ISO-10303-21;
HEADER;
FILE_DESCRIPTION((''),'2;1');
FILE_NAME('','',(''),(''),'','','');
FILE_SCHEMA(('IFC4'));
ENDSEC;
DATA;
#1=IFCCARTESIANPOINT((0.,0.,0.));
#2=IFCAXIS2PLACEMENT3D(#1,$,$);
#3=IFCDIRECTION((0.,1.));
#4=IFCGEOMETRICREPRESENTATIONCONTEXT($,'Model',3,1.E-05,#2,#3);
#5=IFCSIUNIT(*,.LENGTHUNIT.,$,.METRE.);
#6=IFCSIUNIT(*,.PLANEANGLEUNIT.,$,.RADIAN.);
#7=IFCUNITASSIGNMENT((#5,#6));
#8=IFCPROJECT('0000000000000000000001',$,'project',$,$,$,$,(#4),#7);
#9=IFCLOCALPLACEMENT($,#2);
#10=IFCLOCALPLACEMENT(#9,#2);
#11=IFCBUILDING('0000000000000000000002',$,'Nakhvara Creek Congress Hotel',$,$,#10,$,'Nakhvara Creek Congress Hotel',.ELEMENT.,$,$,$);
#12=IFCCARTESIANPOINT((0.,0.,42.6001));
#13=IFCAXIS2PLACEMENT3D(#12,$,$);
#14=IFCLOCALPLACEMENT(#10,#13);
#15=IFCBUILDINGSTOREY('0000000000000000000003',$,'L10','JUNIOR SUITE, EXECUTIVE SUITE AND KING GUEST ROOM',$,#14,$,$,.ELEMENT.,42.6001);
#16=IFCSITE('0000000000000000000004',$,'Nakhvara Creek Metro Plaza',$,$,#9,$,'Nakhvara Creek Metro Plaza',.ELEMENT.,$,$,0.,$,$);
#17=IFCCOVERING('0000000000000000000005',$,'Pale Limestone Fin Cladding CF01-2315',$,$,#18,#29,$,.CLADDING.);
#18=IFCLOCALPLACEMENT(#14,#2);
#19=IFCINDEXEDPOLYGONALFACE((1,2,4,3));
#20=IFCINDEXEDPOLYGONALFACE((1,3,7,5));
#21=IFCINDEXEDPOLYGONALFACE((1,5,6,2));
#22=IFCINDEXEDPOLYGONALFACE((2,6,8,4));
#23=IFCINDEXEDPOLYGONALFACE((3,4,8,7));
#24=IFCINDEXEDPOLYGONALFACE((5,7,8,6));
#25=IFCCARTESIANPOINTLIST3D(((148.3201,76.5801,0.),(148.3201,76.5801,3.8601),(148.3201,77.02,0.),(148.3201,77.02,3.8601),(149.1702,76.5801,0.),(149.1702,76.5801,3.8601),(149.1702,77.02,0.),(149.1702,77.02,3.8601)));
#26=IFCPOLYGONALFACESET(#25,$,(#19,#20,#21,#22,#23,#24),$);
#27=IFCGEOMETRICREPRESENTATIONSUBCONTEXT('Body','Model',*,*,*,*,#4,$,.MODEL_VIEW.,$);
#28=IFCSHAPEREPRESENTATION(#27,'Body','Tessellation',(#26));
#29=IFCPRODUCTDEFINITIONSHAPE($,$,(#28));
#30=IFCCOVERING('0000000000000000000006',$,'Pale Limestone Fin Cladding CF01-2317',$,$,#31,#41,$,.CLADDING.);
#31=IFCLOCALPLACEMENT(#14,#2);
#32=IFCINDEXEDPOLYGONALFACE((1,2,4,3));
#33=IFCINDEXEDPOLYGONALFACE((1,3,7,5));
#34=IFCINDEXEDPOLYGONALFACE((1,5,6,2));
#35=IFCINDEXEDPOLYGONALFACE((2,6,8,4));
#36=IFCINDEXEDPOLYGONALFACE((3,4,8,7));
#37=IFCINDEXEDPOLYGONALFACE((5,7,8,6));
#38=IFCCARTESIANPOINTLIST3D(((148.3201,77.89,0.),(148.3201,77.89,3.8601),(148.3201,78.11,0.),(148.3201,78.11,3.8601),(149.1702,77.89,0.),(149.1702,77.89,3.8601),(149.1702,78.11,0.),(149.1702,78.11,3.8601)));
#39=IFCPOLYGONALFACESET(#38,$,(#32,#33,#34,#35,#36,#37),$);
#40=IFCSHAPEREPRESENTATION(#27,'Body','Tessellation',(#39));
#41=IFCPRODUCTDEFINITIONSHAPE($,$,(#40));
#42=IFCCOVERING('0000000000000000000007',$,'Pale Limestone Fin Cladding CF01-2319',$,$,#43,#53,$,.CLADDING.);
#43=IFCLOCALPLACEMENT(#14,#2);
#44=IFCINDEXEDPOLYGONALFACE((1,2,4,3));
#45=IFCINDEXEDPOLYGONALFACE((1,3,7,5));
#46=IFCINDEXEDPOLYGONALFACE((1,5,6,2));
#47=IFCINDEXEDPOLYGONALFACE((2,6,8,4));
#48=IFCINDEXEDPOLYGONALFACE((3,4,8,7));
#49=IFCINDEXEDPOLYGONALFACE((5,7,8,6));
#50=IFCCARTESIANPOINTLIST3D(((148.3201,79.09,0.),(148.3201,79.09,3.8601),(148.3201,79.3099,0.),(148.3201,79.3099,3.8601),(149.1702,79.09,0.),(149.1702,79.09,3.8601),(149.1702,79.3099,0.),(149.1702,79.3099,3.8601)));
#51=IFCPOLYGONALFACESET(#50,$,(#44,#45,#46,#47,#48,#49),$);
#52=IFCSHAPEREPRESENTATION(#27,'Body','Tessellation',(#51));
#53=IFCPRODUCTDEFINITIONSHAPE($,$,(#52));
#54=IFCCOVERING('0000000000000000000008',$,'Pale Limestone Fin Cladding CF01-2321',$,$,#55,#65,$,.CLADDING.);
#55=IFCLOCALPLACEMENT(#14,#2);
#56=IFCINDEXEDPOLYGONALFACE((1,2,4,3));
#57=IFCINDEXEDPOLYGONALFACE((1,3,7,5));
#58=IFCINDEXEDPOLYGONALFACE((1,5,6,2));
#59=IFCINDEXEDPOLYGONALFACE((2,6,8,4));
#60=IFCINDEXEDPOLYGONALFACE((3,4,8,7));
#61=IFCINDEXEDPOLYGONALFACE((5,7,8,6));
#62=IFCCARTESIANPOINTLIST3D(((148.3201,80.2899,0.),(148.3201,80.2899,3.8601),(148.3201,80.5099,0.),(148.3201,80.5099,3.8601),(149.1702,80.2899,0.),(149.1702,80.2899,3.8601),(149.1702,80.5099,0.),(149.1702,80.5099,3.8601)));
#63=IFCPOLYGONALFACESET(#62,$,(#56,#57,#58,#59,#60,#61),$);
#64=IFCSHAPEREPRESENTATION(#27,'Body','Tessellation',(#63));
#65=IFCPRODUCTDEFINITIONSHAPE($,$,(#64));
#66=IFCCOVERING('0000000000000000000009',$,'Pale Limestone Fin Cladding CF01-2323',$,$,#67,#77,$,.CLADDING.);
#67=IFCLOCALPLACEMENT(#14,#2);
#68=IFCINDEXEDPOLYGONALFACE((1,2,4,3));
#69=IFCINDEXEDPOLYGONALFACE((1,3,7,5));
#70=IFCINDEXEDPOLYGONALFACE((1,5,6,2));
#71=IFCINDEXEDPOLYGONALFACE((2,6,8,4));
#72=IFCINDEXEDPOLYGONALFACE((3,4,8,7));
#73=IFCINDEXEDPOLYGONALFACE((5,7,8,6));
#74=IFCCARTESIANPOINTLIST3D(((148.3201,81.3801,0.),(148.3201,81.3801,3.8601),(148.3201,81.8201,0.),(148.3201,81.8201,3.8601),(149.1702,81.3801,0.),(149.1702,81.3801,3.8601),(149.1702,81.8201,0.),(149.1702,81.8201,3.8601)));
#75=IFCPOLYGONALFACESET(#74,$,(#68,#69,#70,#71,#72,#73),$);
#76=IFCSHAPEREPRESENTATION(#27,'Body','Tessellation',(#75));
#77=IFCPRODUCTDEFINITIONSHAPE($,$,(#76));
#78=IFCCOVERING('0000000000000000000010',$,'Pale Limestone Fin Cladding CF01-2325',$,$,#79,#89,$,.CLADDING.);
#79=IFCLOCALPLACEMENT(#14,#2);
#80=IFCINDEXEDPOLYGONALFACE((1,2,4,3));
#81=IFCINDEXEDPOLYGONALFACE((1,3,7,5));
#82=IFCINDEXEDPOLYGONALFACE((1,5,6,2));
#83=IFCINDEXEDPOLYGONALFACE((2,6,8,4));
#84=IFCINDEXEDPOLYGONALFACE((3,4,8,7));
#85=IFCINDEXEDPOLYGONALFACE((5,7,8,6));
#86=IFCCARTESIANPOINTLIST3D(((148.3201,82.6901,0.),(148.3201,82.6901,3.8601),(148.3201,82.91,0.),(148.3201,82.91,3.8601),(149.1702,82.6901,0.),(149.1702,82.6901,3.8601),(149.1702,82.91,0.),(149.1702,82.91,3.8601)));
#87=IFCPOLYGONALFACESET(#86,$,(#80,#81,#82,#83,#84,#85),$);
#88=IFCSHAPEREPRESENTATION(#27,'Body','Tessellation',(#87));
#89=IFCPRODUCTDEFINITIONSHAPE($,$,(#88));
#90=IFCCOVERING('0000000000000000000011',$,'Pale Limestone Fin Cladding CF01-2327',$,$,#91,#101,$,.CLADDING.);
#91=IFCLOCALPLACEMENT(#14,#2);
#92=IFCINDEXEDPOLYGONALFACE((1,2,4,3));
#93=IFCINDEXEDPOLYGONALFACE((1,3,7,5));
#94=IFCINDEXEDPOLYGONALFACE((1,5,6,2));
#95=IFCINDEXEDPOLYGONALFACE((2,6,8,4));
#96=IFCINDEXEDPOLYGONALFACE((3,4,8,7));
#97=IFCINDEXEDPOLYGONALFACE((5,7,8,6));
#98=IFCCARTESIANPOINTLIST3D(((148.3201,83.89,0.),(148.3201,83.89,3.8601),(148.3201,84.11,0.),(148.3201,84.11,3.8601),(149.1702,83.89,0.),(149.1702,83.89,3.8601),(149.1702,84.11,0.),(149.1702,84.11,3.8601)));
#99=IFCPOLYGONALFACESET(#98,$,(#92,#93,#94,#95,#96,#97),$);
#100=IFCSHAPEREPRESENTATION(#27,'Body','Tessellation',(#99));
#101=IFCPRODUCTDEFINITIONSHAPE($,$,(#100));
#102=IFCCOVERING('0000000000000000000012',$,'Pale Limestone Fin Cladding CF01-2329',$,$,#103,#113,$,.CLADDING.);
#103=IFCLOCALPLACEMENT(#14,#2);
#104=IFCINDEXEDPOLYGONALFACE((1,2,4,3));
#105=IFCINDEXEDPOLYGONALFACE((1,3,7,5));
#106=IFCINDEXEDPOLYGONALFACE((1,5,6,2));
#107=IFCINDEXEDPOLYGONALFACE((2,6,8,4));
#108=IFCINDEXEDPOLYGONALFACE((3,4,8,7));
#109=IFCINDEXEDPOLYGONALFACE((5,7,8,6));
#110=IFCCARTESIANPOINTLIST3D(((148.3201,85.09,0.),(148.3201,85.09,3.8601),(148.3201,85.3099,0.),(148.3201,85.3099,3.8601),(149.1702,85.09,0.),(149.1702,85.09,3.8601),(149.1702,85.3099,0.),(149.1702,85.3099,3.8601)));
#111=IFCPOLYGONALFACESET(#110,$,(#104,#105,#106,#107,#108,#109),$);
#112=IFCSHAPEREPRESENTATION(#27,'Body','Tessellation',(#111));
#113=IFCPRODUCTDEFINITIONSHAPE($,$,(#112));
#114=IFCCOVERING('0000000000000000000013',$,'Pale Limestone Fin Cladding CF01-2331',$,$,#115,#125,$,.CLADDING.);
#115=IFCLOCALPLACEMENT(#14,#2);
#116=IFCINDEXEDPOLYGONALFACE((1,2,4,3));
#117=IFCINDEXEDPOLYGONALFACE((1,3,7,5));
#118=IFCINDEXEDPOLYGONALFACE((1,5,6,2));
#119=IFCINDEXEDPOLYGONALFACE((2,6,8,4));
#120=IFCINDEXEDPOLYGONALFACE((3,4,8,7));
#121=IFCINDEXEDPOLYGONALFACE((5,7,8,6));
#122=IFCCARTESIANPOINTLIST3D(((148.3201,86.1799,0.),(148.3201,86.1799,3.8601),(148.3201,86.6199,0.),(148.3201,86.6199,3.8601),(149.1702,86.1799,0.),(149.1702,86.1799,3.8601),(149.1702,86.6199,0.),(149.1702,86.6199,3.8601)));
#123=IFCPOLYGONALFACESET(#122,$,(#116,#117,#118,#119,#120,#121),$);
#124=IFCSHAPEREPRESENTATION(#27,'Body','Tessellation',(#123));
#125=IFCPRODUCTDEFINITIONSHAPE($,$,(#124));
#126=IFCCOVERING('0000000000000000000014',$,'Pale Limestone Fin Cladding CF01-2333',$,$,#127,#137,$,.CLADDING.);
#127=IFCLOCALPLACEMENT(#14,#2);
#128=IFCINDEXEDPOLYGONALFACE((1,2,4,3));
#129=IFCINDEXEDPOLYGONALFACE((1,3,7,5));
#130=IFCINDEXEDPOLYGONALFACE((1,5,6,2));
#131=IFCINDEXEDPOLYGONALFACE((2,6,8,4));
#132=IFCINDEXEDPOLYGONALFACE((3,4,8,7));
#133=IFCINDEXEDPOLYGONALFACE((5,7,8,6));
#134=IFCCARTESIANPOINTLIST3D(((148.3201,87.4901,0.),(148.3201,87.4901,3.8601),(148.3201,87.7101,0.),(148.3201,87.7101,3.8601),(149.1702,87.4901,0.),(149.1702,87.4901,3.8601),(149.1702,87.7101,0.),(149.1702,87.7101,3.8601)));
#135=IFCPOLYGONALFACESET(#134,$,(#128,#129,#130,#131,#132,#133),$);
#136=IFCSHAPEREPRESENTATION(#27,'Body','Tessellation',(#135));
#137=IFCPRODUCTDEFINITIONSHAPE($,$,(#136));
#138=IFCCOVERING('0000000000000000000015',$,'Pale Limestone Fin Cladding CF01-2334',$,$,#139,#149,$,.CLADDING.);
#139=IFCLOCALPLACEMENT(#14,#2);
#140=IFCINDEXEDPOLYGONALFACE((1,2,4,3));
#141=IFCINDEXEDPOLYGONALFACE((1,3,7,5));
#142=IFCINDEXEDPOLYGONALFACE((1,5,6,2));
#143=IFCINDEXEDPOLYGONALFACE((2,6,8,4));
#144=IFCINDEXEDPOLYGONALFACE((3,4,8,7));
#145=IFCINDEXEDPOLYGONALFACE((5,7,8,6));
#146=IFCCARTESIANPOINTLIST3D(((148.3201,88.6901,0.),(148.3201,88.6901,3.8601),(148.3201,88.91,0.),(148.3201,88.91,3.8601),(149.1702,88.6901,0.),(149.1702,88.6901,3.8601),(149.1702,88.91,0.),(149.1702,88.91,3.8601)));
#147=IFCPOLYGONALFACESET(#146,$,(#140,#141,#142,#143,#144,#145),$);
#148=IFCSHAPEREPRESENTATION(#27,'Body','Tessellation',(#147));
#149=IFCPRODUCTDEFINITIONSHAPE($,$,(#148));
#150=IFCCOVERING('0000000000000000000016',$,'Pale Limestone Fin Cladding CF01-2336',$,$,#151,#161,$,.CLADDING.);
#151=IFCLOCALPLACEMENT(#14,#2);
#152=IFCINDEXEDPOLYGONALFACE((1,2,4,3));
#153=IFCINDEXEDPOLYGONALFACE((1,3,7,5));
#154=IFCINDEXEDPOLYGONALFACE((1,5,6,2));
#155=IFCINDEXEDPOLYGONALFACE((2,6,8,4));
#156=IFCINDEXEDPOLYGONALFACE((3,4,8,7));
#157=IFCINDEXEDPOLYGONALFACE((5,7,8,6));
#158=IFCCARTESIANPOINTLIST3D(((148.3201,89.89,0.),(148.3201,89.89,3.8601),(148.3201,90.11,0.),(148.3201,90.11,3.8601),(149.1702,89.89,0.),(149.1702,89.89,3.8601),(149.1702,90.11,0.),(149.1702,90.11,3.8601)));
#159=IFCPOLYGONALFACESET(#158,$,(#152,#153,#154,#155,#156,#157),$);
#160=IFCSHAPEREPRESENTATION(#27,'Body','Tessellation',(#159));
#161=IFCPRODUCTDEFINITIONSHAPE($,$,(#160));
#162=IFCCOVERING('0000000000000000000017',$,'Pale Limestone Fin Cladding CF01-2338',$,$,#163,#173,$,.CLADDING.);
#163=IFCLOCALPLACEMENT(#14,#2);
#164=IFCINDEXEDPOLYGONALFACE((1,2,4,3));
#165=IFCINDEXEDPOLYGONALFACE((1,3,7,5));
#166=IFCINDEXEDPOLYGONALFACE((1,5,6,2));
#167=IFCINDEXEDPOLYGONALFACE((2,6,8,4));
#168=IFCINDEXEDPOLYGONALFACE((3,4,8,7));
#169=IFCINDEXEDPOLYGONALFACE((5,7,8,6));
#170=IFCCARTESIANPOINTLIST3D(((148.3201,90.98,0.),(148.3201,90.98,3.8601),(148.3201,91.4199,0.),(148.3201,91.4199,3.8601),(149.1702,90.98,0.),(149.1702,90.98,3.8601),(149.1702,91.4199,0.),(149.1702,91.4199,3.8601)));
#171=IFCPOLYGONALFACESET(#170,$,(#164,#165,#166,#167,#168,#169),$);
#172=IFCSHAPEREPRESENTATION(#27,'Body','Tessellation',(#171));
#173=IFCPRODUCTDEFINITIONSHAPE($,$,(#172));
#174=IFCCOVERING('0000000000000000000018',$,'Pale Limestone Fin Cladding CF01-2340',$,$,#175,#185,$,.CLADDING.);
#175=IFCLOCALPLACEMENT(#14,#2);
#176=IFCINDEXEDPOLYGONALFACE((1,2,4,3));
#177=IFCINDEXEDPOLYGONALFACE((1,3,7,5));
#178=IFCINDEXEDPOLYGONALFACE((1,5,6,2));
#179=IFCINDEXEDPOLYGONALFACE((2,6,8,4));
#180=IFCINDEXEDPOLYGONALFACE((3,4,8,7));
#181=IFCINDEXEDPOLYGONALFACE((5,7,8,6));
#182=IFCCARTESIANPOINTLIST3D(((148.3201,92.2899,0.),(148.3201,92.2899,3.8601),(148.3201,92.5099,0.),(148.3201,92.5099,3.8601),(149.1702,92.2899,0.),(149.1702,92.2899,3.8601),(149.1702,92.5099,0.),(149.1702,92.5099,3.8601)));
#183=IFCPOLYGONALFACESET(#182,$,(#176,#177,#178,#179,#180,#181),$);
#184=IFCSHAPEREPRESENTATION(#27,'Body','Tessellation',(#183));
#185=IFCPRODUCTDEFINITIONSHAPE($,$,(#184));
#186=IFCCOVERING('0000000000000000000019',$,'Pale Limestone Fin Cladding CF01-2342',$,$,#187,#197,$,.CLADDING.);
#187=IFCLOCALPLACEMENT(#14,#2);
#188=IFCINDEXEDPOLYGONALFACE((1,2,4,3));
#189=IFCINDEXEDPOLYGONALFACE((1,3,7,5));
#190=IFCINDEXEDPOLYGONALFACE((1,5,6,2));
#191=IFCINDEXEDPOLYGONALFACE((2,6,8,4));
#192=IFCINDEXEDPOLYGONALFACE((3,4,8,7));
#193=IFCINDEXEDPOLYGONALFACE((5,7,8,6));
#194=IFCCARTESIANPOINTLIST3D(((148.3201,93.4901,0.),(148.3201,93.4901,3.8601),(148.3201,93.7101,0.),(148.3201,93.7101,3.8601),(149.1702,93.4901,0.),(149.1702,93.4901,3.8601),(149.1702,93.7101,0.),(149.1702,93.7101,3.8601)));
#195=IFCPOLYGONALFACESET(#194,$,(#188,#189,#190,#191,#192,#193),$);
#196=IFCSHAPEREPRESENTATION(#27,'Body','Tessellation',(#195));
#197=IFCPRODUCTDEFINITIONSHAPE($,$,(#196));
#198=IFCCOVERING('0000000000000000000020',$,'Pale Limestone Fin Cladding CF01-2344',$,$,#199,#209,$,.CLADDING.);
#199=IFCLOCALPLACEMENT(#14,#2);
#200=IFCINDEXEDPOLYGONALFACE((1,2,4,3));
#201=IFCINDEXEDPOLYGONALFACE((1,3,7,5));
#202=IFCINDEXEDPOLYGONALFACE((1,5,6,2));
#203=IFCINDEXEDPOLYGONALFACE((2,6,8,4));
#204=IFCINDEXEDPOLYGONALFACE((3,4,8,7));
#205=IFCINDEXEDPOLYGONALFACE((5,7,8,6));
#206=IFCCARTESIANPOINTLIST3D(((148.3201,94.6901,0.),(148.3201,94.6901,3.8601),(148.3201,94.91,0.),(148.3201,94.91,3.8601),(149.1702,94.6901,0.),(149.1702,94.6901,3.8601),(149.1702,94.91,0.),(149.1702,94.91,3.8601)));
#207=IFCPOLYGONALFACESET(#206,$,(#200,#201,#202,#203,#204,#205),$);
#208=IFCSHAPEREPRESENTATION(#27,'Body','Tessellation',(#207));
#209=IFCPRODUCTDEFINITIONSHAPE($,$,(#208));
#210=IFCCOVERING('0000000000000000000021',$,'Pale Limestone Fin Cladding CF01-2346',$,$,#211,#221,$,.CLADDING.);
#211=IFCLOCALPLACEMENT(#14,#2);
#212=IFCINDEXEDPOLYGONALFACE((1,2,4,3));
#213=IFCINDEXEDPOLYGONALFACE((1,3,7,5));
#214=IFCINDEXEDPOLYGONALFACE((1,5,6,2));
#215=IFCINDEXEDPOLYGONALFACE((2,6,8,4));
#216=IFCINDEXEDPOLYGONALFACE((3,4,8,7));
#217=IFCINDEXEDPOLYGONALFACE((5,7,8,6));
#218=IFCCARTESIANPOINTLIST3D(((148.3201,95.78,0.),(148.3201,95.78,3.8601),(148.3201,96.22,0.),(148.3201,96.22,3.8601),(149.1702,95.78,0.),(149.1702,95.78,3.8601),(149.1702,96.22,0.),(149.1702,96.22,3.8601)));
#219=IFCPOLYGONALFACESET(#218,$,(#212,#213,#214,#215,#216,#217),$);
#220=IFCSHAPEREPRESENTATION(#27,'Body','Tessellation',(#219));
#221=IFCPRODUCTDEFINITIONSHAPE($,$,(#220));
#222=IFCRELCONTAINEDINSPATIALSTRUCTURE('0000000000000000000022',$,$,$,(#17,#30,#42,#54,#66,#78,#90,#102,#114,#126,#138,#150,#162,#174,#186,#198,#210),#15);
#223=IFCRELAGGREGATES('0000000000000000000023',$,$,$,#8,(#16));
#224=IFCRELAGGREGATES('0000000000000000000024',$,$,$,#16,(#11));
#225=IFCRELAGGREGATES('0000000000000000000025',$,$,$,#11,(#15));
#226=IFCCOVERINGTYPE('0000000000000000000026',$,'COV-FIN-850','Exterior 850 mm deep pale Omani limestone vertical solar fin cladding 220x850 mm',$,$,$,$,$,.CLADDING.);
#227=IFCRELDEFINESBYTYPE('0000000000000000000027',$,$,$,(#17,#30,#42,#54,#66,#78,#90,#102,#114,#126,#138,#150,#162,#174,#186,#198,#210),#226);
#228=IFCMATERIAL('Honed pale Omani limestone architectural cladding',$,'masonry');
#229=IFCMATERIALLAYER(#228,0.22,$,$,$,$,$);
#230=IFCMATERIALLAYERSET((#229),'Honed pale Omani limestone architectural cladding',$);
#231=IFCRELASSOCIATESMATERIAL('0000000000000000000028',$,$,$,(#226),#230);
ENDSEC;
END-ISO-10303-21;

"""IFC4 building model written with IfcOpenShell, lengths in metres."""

from ifc_helpers import new_model, si_unit, direction, frame, origin, origin_2d, place, context, subcontext, project, spatial, rectangle, extrude, material, layer, layer_set, type_object, element, save


model = new_model("IFC4")

# Units and contexts
model_context = context("Model", 3, precision=1e-05, world=origin(), true_north=direction((0.0, 1.0)))
body_context = subcontext(model_context, "Body", "Model", "MODEL_VIEW")
ifc_project = project(units=[si_unit("LENGTHUNIT", "METRE"), si_unit("PLANEANGLEUNIT", "RADIAN")], contexts=[model_context])

# Site, building, storey
site_placement = place(None, origin())
site = spatial("IfcSite", under=ifc_project, at=site_placement, Name="Nakhvara Creek Metro Plaza", LongName="Nakhvara Creek Metro Plaza", CompositionType="ELEMENT", RefElevation=0.0)
building_placement = place(site_placement, origin())
building = spatial("IfcBuilding", under=site, at=building_placement, Name="Nakhvara Creek Congress Hotel", LongName="Nakhvara Creek Congress Hotel", CompositionType="ELEMENT")
storey_placement = place(building_placement, frame((0.0, 0.0, 42.6001)))
storey = spatial("IfcBuildingStorey", under=building, at=storey_placement, Name="L10", Description="JUNIOR SUITE, EXECUTIVE SUITE AND KING GUEST ROOM", CompositionType="ELEMENT", Elevation=42.6001)

# Coverings
ifc_material_1 = material(Name="Honed pale Omani limestone architectural cladding", Category="masonry")
ifc_layer = layer(ifc_material_1, 0.22)
ifc_layer_set = layer_set([ifc_layer], Name="Honed pale Omani limestone architectural cladding")
covering_type = type_object("IfcCoveringType", Name="COV-FIN-850", Description="Exterior 850 mm deep pale Omani limestone vertical solar fin cladding 220x850 mm", PredefinedType="CLADDING", material=ifc_layer_set)
covering_1_placement = place(storey_placement, frame((148.7451, 76.8, 0.0), z_axis=(0.0, 0.0, 1.0), x_axis=(0.0, 1.0, 0.0)))
element("IfcCovering", 1, at=covering_1_placement, inside=storey, type_object=covering_type, Name="Pale Limestone Fin Cladding CF01-2315", PredefinedType="CLADDING", context=body_context, shape_type="SweptSolid", body=[
    extrude(rectangle(XDim=0.4399, YDim=0.8501, at=origin_2d()), origin(), (0.0, 0.0, 1.0), 3.8601),
])
for number, where, z_axis, x_axis, name in (
    (2, (148.7451, 78.0, 0.0), (0.0, 0.0, 1.0), (0.0, 1.0, 0.0), "Pale Limestone Fin Cladding CF01-2317"),
    (3, (148.7451, 79.2, 0.0), (0.0, 0.0, 1.0), (0.0, 1.0, 0.0), "Pale Limestone Fin Cladding CF01-2319"),
    (4, (148.7451, 80.3999, 0.0), (0.0, 0.0, 1.0), (0.0, 1.0, 0.0), "Pale Limestone Fin Cladding CF01-2321"),
):
    element("IfcCovering", number, at=place(storey_placement, frame(where, z_axis=z_axis, x_axis=x_axis)), inside=storey, type_object=covering_type, Name=name, PredefinedType="CLADDING", context=body_context, shape_type="SweptSolid", body=[
        extrude(rectangle(XDim=0.22, YDim=0.8501, at=origin_2d()), origin(), (0.0, 0.0, 1.0), 3.8601),
    ])
covering_2_placement = place(storey_placement, frame((148.7451, 81.6001, 0.0), z_axis=(0.0, 0.0, 1.0), x_axis=(0.0, 1.0, 0.0)))
element("IfcCovering", 5, at=covering_2_placement, inside=storey, type_object=covering_type, Name="Pale Limestone Fin Cladding CF01-2323", PredefinedType="CLADDING", context=body_context, shape_type="SweptSolid", body=[
    extrude(rectangle(XDim=0.4399, YDim=0.8501, at=origin_2d()), origin(), (0.0, 0.0, 1.0), 3.8601),
])
for number, where, z_axis, x_axis, name in (
    (6, (148.7451, 82.8, 0.0), (0.0, 0.0, 1.0), (0.0, 1.0, 0.0), "Pale Limestone Fin Cladding CF01-2325"),
    (7, (148.7451, 84.0, 0.0), (0.0, 0.0, 1.0), (0.0, 1.0, 0.0), "Pale Limestone Fin Cladding CF01-2327"),
    (8, (148.7451, 85.2, 0.0), (0.0, 0.0, 1.0), (0.0, 1.0, 0.0), "Pale Limestone Fin Cladding CF01-2329"),
):
    element("IfcCovering", number, at=place(storey_placement, frame(where, z_axis=z_axis, x_axis=x_axis)), inside=storey, type_object=covering_type, Name=name, PredefinedType="CLADDING", context=body_context, shape_type="SweptSolid", body=[
        extrude(rectangle(XDim=0.22, YDim=0.8501, at=origin_2d()), origin(), (0.0, 0.0, 1.0), 3.8601),
    ])
covering_3_placement = place(storey_placement, frame((148.7451, 86.3999, 0.0), z_axis=(0.0, 0.0, 1.0), x_axis=(0.0, 1.0, 0.0)))
element("IfcCovering", 9, at=covering_3_placement, inside=storey, type_object=covering_type, Name="Pale Limestone Fin Cladding CF01-2331", PredefinedType="CLADDING", context=body_context, shape_type="SweptSolid", body=[
    extrude(rectangle(XDim=0.4399, YDim=0.8501, at=origin_2d()), origin(), (0.0, 0.0, 1.0), 3.8601),
])
for number, where, z_axis, x_axis, name in (
    (10, (148.7451, 87.6001, 0.0), (0.0, 0.0, 1.0), (0.0, 1.0, 0.0), "Pale Limestone Fin Cladding CF01-2333"),
    (11, (148.7451, 88.8, 0.0), (0.0, 0.0, 1.0), (0.0, 1.0, 0.0), "Pale Limestone Fin Cladding CF01-2334"),
    (12, (148.7451, 90.0, 0.0), (0.0, 0.0, 1.0), (0.0, 1.0, 0.0), "Pale Limestone Fin Cladding CF01-2336"),
):
    element("IfcCovering", number, at=place(storey_placement, frame(where, z_axis=z_axis, x_axis=x_axis)), inside=storey, type_object=covering_type, Name=name, PredefinedType="CLADDING", context=body_context, shape_type="SweptSolid", body=[
        extrude(rectangle(XDim=0.22, YDim=0.8501, at=origin_2d()), origin(), (0.0, 0.0, 1.0), 3.8601),
    ])
covering_4_placement = place(storey_placement, frame((148.7451, 91.2, 0.0), z_axis=(0.0, 0.0, 1.0), x_axis=(0.0, 1.0, 0.0)))
element("IfcCovering", 13, at=covering_4_placement, inside=storey, type_object=covering_type, Name="Pale Limestone Fin Cladding CF01-2338", PredefinedType="CLADDING", context=body_context, shape_type="SweptSolid", body=[
    extrude(rectangle(XDim=0.4399, YDim=0.8501, at=origin_2d()), origin(), (0.0, 0.0, 1.0), 3.8601),
])
for number, where, z_axis, x_axis, name in (
    (14, (148.7451, 92.3999, 0.0), (0.0, 0.0, 1.0), (0.0, 1.0, 0.0), "Pale Limestone Fin Cladding CF01-2340"),
    (15, (148.7451, 93.6001, 0.0), (0.0, 0.0, 1.0), (0.0, 1.0, 0.0), "Pale Limestone Fin Cladding CF01-2342"),
    (16, (148.7451, 94.8, 0.0), (0.0, 0.0, 1.0), (0.0, 1.0, 0.0), "Pale Limestone Fin Cladding CF01-2344"),
):
    element("IfcCovering", number, at=place(storey_placement, frame(where, z_axis=z_axis, x_axis=x_axis)), inside=storey, type_object=covering_type, Name=name, PredefinedType="CLADDING", context=body_context, shape_type="SweptSolid", body=[
        extrude(rectangle(XDim=0.22, YDim=0.8501, at=origin_2d()), origin(), (0.0, 0.0, 1.0), 3.8601),
    ])
covering_5_placement = place(storey_placement, frame((148.7451, 96.0, 0.0), z_axis=(0.0, 0.0, 1.0), x_axis=(0.0, 1.0, 0.0)))
element("IfcCovering", 17, at=covering_5_placement, inside=storey, type_object=covering_type, Name="Pale Limestone Fin Cladding CF01-2346", PredefinedType="CLADDING", context=body_context, shape_type="SweptSolid", body=[
    extrude(rectangle(XDim=0.4399, YDim=0.8501, at=origin_2d()), origin(), (0.0, 0.0, 1.0), 3.8601),
])

save(model, "model.ifc")
